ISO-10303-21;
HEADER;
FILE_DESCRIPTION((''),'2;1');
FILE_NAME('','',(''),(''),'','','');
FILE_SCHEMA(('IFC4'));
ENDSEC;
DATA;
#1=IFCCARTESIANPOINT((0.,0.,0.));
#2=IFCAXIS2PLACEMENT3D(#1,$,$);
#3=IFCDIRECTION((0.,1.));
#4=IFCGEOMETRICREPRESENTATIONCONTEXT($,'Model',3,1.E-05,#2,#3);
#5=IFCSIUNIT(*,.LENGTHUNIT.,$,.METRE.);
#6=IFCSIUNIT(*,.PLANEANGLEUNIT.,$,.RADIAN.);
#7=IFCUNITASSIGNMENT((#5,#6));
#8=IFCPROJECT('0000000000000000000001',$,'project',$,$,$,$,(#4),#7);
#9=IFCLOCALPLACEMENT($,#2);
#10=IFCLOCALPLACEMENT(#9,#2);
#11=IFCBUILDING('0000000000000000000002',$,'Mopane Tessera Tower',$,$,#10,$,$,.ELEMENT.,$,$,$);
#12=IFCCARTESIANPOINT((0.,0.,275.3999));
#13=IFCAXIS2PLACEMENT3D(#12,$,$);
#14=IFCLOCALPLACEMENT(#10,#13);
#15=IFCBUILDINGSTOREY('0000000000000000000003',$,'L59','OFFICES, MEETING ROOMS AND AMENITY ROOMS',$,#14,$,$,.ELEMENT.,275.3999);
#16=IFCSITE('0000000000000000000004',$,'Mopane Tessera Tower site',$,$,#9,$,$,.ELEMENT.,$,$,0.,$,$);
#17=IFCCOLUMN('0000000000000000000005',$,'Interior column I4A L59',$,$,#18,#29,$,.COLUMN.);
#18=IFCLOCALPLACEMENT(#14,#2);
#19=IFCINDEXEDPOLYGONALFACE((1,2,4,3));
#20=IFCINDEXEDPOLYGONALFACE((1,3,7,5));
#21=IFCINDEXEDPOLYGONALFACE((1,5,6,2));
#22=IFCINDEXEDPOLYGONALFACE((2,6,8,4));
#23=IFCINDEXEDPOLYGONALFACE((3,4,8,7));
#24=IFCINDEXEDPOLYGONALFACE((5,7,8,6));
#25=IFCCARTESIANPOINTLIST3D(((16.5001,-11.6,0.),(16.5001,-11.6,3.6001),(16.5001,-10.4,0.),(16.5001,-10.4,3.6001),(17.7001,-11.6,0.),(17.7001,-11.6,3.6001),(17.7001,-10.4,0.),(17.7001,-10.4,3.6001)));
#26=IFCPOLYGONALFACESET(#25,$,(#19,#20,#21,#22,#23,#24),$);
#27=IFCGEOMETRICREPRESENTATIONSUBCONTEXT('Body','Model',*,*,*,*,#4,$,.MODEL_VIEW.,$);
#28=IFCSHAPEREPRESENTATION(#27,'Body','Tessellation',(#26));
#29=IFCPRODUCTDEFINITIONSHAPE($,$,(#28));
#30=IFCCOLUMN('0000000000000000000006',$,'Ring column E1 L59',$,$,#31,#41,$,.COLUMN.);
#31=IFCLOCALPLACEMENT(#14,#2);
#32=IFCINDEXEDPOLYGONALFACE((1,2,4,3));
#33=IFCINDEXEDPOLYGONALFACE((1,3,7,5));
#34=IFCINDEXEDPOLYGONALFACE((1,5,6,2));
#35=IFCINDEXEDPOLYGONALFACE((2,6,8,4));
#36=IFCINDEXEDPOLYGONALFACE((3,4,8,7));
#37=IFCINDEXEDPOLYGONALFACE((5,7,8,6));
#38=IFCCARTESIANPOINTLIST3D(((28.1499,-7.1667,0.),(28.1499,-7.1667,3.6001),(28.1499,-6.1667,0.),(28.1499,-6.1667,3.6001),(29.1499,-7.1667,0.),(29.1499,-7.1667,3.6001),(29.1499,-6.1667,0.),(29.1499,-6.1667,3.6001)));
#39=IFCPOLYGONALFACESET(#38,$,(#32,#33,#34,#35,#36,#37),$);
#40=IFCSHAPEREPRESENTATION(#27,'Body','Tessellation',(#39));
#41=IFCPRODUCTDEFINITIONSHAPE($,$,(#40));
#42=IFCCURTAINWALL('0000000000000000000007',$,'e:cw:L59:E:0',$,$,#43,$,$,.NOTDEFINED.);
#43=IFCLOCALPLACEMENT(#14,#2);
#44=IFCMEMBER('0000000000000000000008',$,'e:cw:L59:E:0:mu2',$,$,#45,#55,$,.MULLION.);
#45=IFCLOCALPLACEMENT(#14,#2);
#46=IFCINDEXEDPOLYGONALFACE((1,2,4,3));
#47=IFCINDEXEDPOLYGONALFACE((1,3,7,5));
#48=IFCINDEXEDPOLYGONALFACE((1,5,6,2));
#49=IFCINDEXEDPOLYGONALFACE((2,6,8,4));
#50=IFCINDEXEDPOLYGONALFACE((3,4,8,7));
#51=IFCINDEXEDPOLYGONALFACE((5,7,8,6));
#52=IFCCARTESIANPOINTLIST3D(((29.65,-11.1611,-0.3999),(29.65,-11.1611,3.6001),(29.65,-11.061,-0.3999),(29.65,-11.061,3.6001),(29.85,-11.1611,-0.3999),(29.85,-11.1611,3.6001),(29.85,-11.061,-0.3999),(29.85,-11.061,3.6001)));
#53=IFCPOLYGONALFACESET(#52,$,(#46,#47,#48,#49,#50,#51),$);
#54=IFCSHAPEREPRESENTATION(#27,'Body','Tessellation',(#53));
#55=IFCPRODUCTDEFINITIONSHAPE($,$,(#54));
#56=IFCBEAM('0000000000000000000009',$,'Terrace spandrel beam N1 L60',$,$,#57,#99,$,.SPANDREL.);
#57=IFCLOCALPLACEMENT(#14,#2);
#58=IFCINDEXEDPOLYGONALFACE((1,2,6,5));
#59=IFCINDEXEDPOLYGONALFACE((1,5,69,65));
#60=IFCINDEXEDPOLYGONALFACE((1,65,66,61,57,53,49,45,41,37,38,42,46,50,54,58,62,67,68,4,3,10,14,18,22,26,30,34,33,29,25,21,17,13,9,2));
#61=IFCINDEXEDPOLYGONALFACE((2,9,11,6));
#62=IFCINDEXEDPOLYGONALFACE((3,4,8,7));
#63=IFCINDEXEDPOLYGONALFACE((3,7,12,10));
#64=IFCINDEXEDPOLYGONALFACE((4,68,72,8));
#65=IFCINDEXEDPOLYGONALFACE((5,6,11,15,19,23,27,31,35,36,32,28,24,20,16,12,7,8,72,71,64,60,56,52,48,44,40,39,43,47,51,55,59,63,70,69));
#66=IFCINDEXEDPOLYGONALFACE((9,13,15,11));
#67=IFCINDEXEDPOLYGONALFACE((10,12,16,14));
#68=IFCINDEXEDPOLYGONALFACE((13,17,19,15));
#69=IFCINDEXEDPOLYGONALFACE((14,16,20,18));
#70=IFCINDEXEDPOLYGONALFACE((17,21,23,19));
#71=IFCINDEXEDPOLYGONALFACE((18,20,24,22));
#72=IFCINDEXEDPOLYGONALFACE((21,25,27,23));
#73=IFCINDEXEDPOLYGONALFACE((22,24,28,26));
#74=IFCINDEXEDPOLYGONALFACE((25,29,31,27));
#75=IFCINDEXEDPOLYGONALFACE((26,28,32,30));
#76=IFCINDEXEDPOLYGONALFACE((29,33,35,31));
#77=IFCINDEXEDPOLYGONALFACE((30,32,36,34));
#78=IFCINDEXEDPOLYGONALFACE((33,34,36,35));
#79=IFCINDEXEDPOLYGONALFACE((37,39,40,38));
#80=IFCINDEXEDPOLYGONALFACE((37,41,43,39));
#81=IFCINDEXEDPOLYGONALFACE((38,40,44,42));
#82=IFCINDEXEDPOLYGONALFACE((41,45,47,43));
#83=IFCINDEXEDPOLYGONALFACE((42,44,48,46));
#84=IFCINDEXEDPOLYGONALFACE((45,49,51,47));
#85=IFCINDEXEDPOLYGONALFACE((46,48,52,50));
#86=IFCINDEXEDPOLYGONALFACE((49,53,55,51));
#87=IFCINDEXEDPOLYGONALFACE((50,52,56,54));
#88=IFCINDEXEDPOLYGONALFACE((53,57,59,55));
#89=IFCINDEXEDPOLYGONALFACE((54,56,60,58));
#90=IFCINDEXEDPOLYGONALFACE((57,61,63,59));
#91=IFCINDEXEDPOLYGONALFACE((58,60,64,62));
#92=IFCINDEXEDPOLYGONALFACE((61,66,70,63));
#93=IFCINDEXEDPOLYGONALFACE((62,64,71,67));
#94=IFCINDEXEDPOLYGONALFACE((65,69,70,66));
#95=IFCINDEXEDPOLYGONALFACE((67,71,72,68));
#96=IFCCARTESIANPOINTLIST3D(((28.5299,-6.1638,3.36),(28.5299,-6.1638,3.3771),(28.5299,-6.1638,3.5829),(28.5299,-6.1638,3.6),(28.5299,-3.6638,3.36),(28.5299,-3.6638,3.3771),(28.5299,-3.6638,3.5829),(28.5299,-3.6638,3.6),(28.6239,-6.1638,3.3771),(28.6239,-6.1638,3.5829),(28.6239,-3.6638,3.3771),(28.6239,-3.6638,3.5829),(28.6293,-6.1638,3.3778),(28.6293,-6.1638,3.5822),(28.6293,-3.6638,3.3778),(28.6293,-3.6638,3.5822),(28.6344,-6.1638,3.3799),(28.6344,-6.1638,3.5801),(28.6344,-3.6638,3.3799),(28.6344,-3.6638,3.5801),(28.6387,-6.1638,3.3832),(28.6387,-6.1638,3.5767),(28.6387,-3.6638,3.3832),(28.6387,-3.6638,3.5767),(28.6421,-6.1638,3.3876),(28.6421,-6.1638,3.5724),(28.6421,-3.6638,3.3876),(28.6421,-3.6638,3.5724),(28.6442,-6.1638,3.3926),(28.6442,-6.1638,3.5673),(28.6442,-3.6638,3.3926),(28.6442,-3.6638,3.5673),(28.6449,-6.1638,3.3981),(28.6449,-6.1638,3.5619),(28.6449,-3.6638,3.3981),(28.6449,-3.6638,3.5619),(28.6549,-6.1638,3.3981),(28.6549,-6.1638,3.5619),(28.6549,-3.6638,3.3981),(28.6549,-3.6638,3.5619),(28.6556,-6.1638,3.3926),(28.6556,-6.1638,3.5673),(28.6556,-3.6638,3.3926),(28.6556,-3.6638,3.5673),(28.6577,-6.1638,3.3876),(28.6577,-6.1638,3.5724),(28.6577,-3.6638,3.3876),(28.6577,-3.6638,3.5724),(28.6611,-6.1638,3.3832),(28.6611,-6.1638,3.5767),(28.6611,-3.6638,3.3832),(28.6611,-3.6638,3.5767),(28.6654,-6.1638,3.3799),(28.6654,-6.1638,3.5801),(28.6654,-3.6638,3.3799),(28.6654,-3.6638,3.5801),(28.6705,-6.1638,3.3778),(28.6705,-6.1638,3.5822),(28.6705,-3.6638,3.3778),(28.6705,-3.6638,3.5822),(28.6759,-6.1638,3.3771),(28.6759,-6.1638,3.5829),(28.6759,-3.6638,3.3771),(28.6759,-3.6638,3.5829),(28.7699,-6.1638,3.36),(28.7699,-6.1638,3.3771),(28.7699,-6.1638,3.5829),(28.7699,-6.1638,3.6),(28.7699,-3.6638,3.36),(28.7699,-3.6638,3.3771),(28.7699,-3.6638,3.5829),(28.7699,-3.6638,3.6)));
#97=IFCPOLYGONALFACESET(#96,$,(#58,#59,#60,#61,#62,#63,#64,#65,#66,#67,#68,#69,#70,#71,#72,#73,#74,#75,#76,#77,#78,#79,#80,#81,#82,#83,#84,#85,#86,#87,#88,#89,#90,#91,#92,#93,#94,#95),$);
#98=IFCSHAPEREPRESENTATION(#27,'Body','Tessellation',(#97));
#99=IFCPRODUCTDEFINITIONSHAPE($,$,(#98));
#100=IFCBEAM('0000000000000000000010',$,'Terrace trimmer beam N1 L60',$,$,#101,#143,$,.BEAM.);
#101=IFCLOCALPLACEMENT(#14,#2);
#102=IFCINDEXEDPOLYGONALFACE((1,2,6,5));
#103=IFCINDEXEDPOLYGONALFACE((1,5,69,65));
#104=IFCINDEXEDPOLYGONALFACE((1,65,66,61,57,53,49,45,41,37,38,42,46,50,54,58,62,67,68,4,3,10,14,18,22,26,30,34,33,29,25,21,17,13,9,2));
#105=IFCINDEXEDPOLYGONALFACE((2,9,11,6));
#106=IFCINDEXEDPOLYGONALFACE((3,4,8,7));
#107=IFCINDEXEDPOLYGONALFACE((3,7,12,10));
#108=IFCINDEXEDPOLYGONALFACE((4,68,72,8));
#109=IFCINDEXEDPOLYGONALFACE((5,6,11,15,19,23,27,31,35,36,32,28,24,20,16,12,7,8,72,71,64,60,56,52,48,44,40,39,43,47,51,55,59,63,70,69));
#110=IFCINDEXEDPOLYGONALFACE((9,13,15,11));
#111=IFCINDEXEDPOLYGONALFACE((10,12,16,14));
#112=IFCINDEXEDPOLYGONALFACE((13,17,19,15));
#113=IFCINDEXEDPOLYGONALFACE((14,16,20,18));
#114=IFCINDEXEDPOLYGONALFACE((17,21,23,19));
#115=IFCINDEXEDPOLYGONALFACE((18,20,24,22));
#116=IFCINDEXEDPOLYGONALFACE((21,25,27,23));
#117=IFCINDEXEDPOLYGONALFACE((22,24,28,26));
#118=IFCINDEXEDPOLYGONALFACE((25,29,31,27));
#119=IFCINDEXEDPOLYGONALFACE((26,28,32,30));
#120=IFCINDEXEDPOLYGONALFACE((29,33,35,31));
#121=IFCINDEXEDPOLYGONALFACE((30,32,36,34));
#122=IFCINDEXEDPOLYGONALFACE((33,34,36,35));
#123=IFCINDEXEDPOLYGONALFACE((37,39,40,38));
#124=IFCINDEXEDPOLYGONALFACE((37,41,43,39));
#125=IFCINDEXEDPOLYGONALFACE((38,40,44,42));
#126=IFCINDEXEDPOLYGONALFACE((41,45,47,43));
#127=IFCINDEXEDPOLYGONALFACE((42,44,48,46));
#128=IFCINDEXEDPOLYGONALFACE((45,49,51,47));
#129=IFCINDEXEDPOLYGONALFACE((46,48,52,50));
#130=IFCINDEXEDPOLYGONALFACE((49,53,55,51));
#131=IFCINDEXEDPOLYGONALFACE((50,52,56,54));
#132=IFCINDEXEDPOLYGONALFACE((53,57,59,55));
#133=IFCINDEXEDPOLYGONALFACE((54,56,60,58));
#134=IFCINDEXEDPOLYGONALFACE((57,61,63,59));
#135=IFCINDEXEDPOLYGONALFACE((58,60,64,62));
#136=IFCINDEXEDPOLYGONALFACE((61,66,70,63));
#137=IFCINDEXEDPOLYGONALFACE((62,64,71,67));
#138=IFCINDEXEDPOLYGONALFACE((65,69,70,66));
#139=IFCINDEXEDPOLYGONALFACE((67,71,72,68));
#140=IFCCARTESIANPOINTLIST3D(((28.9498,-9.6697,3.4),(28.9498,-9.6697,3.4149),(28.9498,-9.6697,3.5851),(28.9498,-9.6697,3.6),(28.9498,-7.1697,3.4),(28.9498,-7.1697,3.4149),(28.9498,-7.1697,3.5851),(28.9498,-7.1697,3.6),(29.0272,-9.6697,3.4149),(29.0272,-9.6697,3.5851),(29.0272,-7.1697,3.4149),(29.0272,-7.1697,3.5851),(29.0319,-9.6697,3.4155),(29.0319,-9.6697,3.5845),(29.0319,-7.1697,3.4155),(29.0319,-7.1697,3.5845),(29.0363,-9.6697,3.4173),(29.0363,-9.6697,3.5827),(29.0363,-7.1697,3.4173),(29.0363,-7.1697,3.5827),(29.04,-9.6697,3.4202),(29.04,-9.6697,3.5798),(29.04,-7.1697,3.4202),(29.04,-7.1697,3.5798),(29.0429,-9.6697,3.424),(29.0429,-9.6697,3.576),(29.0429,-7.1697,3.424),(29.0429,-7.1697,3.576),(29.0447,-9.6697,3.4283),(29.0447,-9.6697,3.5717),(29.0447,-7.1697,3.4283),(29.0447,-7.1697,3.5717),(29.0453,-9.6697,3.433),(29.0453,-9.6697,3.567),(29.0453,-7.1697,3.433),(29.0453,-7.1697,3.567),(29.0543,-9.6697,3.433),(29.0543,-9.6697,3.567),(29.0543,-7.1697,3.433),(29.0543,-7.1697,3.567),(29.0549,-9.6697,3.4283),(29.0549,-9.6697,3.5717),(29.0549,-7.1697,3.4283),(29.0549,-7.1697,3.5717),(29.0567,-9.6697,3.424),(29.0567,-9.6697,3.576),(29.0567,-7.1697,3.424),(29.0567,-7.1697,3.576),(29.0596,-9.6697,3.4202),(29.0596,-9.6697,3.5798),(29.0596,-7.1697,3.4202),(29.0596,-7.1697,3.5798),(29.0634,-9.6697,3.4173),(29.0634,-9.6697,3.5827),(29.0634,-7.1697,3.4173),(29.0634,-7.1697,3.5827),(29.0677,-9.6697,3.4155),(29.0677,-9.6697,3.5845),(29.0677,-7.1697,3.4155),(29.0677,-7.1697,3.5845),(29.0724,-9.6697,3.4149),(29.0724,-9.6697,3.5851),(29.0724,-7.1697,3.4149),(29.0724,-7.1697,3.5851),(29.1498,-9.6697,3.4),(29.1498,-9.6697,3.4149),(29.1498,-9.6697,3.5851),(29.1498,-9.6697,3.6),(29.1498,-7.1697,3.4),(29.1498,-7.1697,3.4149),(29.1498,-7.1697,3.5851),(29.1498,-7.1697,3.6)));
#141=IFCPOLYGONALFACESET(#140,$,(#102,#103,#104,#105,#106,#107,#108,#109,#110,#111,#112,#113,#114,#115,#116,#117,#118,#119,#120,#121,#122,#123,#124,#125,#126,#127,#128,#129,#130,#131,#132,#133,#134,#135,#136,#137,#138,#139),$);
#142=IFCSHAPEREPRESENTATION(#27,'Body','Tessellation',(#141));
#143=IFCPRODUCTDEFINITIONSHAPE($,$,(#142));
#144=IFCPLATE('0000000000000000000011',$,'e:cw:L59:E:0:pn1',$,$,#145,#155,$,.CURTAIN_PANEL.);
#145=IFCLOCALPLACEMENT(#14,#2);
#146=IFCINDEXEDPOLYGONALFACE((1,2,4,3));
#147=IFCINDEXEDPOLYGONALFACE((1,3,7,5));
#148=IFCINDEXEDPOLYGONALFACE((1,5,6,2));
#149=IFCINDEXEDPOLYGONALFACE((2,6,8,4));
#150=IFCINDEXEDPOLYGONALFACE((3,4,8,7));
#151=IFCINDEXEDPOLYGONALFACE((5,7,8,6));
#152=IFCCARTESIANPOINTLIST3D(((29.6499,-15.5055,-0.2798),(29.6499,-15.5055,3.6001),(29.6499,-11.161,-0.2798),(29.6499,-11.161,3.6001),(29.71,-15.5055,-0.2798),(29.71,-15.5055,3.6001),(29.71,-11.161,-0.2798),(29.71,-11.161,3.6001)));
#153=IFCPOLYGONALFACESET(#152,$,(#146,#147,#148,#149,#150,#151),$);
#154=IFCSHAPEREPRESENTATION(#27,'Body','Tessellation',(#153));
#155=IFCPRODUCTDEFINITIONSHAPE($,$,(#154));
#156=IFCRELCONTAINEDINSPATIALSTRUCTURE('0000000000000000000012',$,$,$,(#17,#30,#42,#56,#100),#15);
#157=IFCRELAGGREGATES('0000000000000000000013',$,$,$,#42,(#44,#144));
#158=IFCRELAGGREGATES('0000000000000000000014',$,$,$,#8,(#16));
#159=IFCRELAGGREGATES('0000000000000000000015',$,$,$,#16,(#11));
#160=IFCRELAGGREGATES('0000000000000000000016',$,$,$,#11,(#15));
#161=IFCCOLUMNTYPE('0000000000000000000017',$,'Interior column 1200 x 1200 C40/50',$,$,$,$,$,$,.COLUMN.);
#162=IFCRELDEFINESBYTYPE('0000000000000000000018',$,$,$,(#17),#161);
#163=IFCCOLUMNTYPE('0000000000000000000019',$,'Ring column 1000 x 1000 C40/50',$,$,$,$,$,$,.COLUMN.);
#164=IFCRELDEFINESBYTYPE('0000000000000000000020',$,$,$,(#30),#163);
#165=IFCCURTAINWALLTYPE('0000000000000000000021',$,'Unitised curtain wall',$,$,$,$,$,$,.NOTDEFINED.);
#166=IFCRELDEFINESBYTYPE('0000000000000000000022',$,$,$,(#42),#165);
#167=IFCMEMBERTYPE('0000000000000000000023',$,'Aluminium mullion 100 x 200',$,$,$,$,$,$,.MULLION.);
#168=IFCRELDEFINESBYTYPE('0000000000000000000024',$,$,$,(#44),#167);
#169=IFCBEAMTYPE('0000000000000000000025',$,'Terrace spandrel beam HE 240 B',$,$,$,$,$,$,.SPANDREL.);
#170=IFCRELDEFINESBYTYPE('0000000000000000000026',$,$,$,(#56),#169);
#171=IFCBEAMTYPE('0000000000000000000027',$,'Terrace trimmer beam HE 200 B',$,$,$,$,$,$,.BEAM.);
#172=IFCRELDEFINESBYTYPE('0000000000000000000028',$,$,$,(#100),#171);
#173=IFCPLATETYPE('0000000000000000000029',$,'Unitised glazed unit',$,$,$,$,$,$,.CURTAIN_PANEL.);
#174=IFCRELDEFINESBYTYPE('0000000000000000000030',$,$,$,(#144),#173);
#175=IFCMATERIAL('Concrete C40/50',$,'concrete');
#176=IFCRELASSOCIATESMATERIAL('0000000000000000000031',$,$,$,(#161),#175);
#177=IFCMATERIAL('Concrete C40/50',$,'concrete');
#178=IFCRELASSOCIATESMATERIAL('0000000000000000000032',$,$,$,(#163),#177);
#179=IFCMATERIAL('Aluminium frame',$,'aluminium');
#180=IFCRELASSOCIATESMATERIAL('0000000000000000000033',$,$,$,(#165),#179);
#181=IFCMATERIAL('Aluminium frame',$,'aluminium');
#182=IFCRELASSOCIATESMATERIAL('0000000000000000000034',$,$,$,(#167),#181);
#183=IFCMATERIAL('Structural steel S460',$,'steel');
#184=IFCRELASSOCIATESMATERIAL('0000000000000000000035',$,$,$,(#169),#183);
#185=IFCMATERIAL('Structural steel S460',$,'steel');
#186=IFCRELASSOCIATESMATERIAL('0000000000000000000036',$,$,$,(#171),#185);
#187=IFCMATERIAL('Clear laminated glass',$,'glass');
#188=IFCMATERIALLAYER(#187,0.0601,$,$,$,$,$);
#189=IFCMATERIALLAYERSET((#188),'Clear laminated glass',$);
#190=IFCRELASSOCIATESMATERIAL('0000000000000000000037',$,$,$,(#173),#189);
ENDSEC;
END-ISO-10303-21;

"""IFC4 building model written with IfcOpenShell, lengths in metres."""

from ifc_helpers import new_model, si_unit, direction, frame, origin, origin_2d, place, context, subcontext, project, spatial, rectangle, i_section, extrude, material, layer, layer_set, material_profile, profile_set, type_object, element, aggregate, save


model = new_model("IFC4")

# Units and contexts
model_context = context("Model", 3, precision=1e-05, world=origin(), true_north=direction((0.0, 1.0)))
body_context = subcontext(model_context, "Body", "Model", "MODEL_VIEW")
ifc_project = project(units=[si_unit("LENGTHUNIT", "METRE"), si_unit("PLANEANGLEUNIT", "RADIAN")], contexts=[model_context])

# Site, building, storey
site_placement = place(None, origin())
site = spatial("IfcSite", under=ifc_project, at=site_placement, Name="Mopane Tessera Tower site", CompositionType="ELEMENT", RefElevation=0.0)
building_placement = place(site_placement, origin())
building = spatial("IfcBuilding", under=site, at=building_placement, Name="Mopane Tessera Tower", CompositionType="ELEMENT")
storey_placement = place(building_placement, frame((0.0, 0.0, 275.3999)))
storey = spatial("IfcBuildingStorey", under=building, at=storey_placement, Name="L59", Description="OFFICES, MEETING ROOMS AND AMENITY ROOMS", CompositionType="ELEMENT", Elevation=275.3999)

# Columns
ifc_material_1 = material(Name="Concrete C40/50", Category="concrete")
ifc_material_profile_1 = material_profile(ifc_material_1, rectangle(XDim=1.2, YDim=1.2, at=origin_2d()))
ifc_profile_set_1 = profile_set([ifc_material_profile_1], Name="Concrete C40/50")
column_type_1 = type_object("IfcColumnType", Name="Interior column 1200 x 1200 C40/50", PredefinedType="COLUMN", material=ifc_profile_set_1)
column_1_placement = place(storey_placement, frame((17.1001, -11.0, 0.0), z_axis=(0.0, 0.0, 1.0), x_axis=(1.0, 0.0, 0.0)))
element("IfcColumn", 1, at=column_1_placement, inside=storey, type_object=column_type_1, Name="Interior column I4A L59", PredefinedType="COLUMN", context=body_context, shape_type="SweptSolid", body=[
    extrude(rectangle(XDim=1.2, YDim=1.2, at=origin_2d()), origin(), (0.0, 0.0, 1.0), 3.6001),
])
ifc_material_2 = material(Name="Concrete C40/50", Category="concrete")
ifc_material_profile_2 = material_profile(ifc_material_2, rectangle(XDim=1.0, YDim=1.0, at=origin_2d()))
ifc_profile_set_2 = profile_set([ifc_material_profile_2], Name="Concrete C40/50")
column_type_2 = type_object("IfcColumnType", Name="Ring column 1000 x 1000 C40/50", PredefinedType="COLUMN", material=ifc_profile_set_2)
column_2_placement = place(storey_placement, frame((28.6499, -6.6667, 0.0), z_axis=(0.0, 0.0, 1.0), x_axis=(1.0, 0.0, 0.0)))
element("IfcColumn", 2, at=column_2_placement, inside=storey, type_object=column_type_2, Name="Ring column E1 L59", PredefinedType="COLUMN", context=body_context, shape_type="SweptSolid", body=[
    extrude(rectangle(XDim=1.0, YDim=1.0, at=origin_2d()), origin(), (0.0, 0.0, 1.0), 3.6001),
])

# Curtain wall, member
ifc_material_3 = material(Name="Aluminium frame", Category="aluminium")
curtain_wall_type = type_object("IfcCurtainWallType", Name="Unitised curtain wall", PredefinedType="NOTDEFINED", material=ifc_material_3)
curtain_wall_placement = place(storey_placement, origin())
curtain_wall = element("IfcCurtainWall", 3, at=curtain_wall_placement, inside=storey, type_object=curtain_wall_type, Name="e:cw:L59:E:0", PredefinedType="NOTDEFINED")
ifc_material_4 = material(Name="Aluminium frame", Category="aluminium")
ifc_material_profile_3 = material_profile(ifc_material_4, rectangle(XDim=0.1001, YDim=0.2, at=origin_2d()))
ifc_profile_set_3 = profile_set([ifc_material_profile_3], Name="Aluminium frame")
member_type = type_object("IfcMemberType", Name="Aluminium mullion 100 x 200", PredefinedType="MULLION", material=ifc_profile_set_3)
member_placement = place(storey_placement, frame((29.75, -11.1111, -0.3999), z_axis=(0.0, 0.0, 1.0), x_axis=(0.0, 1.0, 0.0)))
member = element("IfcMember", 4, at=member_placement, type_object=member_type, Name="e:cw:L59:E:0:mu2", PredefinedType="MULLION", context=body_context, shape_type="SweptSolid", body=[
    extrude(rectangle(XDim=0.1001, YDim=0.2, at=origin_2d()), origin(), (0.0, 0.0, 1.0), 4.0),
])

# Beams
ifc_material_5 = material(Name="Structural steel S460", Category="steel")
ifc_material_profile_4 = material_profile(ifc_material_5, i_section(OverallWidth=0.24, OverallDepth=0.24, WebThickness=0.01, FlangeThickness=0.0171, FilletRadius=0.021, at=origin_2d()))
ifc_profile_set_4 = profile_set([ifc_material_profile_4], Name="Structural steel S460")
beam_type_1 = type_object("IfcBeamType", Name="Terrace spandrel beam HE 240 B", PredefinedType="SPANDREL", material=ifc_profile_set_4)
beam_1_placement = place(storey_placement, frame((28.6499, -6.1638, 3.48), z_axis=(0.0, 1.0, 0.0), x_axis=(-1.0, 0.0, 0.0)))
element("IfcBeam", 5, at=beam_1_placement, inside=storey, type_object=beam_type_1, Name="Terrace spandrel beam N1 L60", PredefinedType="SPANDREL", context=body_context, shape_type="SweptSolid", body=[
    extrude(i_section(OverallWidth=0.24, OverallDepth=0.24, WebThickness=0.01, FlangeThickness=0.0171, FilletRadius=0.021, at=origin_2d()), origin(), (0.0, 0.0, 1.0), 2.5),
])
ifc_material_6 = material(Name="Structural steel S460", Category="steel")
ifc_material_profile_5 = material_profile(ifc_material_6, i_section(OverallWidth=0.2, OverallDepth=0.2, WebThickness=0.009, FlangeThickness=0.0149, FilletRadius=0.0181, at=origin_2d()))
ifc_profile_set_5 = profile_set([ifc_material_profile_5], Name="Structural steel S460")
beam_type_2 = type_object("IfcBeamType", Name="Terrace trimmer beam HE 200 B", PredefinedType="BEAM", material=ifc_profile_set_5)
beam_2_placement = place(storey_placement, frame((29.0498, -7.1697, 3.5), z_axis=(0.0, -1.0, 0.0), x_axis=(1.0, 0.0, 0.0)))
element("IfcBeam", 6, at=beam_2_placement, inside=storey, type_object=beam_type_2, Name="Terrace trimmer beam N1 L60", PredefinedType="BEAM", context=body_context, shape_type="SweptSolid", body=[
    extrude(i_section(OverallWidth=0.2, OverallDepth=0.2, WebThickness=0.009, FlangeThickness=0.0149, FilletRadius=0.0181, at=origin_2d()), origin(), (0.0, 0.0, 1.0), 2.5),
])

# Plate
ifc_material_7 = material(Name="Clear laminated glass", Category="glass")
ifc_layer_1 = layer(ifc_material_7, 0.0601)
ifc_layer_set_1 = layer_set([ifc_layer_1], Name="Clear laminated glass")
plate_type = type_object("IfcPlateType", Name="Unitised glazed unit", PredefinedType="CURTAIN_PANEL", material=ifc_layer_set_1)
plate_placement = place(storey_placement, frame((29.6799, -13.3333, -0.2798), z_axis=(0.0, 0.0, 1.0), x_axis=(0.0, 1.0, 0.0)))
plate = element("IfcPlate", 7, at=plate_placement, type_object=plate_type, Name="e:cw:L59:E:0:pn1", PredefinedType="CURTAIN_PANEL", context=body_context, shape_type="SweptSolid", body=[
    extrude(rectangle(XDim=4.3445, YDim=0.0601, at=origin_2d()), origin(), (0.0, 0.0, 1.0), 3.8799),
])
aggregate(curtain_wall, [member, plate])

save(model, "model.ifc")
